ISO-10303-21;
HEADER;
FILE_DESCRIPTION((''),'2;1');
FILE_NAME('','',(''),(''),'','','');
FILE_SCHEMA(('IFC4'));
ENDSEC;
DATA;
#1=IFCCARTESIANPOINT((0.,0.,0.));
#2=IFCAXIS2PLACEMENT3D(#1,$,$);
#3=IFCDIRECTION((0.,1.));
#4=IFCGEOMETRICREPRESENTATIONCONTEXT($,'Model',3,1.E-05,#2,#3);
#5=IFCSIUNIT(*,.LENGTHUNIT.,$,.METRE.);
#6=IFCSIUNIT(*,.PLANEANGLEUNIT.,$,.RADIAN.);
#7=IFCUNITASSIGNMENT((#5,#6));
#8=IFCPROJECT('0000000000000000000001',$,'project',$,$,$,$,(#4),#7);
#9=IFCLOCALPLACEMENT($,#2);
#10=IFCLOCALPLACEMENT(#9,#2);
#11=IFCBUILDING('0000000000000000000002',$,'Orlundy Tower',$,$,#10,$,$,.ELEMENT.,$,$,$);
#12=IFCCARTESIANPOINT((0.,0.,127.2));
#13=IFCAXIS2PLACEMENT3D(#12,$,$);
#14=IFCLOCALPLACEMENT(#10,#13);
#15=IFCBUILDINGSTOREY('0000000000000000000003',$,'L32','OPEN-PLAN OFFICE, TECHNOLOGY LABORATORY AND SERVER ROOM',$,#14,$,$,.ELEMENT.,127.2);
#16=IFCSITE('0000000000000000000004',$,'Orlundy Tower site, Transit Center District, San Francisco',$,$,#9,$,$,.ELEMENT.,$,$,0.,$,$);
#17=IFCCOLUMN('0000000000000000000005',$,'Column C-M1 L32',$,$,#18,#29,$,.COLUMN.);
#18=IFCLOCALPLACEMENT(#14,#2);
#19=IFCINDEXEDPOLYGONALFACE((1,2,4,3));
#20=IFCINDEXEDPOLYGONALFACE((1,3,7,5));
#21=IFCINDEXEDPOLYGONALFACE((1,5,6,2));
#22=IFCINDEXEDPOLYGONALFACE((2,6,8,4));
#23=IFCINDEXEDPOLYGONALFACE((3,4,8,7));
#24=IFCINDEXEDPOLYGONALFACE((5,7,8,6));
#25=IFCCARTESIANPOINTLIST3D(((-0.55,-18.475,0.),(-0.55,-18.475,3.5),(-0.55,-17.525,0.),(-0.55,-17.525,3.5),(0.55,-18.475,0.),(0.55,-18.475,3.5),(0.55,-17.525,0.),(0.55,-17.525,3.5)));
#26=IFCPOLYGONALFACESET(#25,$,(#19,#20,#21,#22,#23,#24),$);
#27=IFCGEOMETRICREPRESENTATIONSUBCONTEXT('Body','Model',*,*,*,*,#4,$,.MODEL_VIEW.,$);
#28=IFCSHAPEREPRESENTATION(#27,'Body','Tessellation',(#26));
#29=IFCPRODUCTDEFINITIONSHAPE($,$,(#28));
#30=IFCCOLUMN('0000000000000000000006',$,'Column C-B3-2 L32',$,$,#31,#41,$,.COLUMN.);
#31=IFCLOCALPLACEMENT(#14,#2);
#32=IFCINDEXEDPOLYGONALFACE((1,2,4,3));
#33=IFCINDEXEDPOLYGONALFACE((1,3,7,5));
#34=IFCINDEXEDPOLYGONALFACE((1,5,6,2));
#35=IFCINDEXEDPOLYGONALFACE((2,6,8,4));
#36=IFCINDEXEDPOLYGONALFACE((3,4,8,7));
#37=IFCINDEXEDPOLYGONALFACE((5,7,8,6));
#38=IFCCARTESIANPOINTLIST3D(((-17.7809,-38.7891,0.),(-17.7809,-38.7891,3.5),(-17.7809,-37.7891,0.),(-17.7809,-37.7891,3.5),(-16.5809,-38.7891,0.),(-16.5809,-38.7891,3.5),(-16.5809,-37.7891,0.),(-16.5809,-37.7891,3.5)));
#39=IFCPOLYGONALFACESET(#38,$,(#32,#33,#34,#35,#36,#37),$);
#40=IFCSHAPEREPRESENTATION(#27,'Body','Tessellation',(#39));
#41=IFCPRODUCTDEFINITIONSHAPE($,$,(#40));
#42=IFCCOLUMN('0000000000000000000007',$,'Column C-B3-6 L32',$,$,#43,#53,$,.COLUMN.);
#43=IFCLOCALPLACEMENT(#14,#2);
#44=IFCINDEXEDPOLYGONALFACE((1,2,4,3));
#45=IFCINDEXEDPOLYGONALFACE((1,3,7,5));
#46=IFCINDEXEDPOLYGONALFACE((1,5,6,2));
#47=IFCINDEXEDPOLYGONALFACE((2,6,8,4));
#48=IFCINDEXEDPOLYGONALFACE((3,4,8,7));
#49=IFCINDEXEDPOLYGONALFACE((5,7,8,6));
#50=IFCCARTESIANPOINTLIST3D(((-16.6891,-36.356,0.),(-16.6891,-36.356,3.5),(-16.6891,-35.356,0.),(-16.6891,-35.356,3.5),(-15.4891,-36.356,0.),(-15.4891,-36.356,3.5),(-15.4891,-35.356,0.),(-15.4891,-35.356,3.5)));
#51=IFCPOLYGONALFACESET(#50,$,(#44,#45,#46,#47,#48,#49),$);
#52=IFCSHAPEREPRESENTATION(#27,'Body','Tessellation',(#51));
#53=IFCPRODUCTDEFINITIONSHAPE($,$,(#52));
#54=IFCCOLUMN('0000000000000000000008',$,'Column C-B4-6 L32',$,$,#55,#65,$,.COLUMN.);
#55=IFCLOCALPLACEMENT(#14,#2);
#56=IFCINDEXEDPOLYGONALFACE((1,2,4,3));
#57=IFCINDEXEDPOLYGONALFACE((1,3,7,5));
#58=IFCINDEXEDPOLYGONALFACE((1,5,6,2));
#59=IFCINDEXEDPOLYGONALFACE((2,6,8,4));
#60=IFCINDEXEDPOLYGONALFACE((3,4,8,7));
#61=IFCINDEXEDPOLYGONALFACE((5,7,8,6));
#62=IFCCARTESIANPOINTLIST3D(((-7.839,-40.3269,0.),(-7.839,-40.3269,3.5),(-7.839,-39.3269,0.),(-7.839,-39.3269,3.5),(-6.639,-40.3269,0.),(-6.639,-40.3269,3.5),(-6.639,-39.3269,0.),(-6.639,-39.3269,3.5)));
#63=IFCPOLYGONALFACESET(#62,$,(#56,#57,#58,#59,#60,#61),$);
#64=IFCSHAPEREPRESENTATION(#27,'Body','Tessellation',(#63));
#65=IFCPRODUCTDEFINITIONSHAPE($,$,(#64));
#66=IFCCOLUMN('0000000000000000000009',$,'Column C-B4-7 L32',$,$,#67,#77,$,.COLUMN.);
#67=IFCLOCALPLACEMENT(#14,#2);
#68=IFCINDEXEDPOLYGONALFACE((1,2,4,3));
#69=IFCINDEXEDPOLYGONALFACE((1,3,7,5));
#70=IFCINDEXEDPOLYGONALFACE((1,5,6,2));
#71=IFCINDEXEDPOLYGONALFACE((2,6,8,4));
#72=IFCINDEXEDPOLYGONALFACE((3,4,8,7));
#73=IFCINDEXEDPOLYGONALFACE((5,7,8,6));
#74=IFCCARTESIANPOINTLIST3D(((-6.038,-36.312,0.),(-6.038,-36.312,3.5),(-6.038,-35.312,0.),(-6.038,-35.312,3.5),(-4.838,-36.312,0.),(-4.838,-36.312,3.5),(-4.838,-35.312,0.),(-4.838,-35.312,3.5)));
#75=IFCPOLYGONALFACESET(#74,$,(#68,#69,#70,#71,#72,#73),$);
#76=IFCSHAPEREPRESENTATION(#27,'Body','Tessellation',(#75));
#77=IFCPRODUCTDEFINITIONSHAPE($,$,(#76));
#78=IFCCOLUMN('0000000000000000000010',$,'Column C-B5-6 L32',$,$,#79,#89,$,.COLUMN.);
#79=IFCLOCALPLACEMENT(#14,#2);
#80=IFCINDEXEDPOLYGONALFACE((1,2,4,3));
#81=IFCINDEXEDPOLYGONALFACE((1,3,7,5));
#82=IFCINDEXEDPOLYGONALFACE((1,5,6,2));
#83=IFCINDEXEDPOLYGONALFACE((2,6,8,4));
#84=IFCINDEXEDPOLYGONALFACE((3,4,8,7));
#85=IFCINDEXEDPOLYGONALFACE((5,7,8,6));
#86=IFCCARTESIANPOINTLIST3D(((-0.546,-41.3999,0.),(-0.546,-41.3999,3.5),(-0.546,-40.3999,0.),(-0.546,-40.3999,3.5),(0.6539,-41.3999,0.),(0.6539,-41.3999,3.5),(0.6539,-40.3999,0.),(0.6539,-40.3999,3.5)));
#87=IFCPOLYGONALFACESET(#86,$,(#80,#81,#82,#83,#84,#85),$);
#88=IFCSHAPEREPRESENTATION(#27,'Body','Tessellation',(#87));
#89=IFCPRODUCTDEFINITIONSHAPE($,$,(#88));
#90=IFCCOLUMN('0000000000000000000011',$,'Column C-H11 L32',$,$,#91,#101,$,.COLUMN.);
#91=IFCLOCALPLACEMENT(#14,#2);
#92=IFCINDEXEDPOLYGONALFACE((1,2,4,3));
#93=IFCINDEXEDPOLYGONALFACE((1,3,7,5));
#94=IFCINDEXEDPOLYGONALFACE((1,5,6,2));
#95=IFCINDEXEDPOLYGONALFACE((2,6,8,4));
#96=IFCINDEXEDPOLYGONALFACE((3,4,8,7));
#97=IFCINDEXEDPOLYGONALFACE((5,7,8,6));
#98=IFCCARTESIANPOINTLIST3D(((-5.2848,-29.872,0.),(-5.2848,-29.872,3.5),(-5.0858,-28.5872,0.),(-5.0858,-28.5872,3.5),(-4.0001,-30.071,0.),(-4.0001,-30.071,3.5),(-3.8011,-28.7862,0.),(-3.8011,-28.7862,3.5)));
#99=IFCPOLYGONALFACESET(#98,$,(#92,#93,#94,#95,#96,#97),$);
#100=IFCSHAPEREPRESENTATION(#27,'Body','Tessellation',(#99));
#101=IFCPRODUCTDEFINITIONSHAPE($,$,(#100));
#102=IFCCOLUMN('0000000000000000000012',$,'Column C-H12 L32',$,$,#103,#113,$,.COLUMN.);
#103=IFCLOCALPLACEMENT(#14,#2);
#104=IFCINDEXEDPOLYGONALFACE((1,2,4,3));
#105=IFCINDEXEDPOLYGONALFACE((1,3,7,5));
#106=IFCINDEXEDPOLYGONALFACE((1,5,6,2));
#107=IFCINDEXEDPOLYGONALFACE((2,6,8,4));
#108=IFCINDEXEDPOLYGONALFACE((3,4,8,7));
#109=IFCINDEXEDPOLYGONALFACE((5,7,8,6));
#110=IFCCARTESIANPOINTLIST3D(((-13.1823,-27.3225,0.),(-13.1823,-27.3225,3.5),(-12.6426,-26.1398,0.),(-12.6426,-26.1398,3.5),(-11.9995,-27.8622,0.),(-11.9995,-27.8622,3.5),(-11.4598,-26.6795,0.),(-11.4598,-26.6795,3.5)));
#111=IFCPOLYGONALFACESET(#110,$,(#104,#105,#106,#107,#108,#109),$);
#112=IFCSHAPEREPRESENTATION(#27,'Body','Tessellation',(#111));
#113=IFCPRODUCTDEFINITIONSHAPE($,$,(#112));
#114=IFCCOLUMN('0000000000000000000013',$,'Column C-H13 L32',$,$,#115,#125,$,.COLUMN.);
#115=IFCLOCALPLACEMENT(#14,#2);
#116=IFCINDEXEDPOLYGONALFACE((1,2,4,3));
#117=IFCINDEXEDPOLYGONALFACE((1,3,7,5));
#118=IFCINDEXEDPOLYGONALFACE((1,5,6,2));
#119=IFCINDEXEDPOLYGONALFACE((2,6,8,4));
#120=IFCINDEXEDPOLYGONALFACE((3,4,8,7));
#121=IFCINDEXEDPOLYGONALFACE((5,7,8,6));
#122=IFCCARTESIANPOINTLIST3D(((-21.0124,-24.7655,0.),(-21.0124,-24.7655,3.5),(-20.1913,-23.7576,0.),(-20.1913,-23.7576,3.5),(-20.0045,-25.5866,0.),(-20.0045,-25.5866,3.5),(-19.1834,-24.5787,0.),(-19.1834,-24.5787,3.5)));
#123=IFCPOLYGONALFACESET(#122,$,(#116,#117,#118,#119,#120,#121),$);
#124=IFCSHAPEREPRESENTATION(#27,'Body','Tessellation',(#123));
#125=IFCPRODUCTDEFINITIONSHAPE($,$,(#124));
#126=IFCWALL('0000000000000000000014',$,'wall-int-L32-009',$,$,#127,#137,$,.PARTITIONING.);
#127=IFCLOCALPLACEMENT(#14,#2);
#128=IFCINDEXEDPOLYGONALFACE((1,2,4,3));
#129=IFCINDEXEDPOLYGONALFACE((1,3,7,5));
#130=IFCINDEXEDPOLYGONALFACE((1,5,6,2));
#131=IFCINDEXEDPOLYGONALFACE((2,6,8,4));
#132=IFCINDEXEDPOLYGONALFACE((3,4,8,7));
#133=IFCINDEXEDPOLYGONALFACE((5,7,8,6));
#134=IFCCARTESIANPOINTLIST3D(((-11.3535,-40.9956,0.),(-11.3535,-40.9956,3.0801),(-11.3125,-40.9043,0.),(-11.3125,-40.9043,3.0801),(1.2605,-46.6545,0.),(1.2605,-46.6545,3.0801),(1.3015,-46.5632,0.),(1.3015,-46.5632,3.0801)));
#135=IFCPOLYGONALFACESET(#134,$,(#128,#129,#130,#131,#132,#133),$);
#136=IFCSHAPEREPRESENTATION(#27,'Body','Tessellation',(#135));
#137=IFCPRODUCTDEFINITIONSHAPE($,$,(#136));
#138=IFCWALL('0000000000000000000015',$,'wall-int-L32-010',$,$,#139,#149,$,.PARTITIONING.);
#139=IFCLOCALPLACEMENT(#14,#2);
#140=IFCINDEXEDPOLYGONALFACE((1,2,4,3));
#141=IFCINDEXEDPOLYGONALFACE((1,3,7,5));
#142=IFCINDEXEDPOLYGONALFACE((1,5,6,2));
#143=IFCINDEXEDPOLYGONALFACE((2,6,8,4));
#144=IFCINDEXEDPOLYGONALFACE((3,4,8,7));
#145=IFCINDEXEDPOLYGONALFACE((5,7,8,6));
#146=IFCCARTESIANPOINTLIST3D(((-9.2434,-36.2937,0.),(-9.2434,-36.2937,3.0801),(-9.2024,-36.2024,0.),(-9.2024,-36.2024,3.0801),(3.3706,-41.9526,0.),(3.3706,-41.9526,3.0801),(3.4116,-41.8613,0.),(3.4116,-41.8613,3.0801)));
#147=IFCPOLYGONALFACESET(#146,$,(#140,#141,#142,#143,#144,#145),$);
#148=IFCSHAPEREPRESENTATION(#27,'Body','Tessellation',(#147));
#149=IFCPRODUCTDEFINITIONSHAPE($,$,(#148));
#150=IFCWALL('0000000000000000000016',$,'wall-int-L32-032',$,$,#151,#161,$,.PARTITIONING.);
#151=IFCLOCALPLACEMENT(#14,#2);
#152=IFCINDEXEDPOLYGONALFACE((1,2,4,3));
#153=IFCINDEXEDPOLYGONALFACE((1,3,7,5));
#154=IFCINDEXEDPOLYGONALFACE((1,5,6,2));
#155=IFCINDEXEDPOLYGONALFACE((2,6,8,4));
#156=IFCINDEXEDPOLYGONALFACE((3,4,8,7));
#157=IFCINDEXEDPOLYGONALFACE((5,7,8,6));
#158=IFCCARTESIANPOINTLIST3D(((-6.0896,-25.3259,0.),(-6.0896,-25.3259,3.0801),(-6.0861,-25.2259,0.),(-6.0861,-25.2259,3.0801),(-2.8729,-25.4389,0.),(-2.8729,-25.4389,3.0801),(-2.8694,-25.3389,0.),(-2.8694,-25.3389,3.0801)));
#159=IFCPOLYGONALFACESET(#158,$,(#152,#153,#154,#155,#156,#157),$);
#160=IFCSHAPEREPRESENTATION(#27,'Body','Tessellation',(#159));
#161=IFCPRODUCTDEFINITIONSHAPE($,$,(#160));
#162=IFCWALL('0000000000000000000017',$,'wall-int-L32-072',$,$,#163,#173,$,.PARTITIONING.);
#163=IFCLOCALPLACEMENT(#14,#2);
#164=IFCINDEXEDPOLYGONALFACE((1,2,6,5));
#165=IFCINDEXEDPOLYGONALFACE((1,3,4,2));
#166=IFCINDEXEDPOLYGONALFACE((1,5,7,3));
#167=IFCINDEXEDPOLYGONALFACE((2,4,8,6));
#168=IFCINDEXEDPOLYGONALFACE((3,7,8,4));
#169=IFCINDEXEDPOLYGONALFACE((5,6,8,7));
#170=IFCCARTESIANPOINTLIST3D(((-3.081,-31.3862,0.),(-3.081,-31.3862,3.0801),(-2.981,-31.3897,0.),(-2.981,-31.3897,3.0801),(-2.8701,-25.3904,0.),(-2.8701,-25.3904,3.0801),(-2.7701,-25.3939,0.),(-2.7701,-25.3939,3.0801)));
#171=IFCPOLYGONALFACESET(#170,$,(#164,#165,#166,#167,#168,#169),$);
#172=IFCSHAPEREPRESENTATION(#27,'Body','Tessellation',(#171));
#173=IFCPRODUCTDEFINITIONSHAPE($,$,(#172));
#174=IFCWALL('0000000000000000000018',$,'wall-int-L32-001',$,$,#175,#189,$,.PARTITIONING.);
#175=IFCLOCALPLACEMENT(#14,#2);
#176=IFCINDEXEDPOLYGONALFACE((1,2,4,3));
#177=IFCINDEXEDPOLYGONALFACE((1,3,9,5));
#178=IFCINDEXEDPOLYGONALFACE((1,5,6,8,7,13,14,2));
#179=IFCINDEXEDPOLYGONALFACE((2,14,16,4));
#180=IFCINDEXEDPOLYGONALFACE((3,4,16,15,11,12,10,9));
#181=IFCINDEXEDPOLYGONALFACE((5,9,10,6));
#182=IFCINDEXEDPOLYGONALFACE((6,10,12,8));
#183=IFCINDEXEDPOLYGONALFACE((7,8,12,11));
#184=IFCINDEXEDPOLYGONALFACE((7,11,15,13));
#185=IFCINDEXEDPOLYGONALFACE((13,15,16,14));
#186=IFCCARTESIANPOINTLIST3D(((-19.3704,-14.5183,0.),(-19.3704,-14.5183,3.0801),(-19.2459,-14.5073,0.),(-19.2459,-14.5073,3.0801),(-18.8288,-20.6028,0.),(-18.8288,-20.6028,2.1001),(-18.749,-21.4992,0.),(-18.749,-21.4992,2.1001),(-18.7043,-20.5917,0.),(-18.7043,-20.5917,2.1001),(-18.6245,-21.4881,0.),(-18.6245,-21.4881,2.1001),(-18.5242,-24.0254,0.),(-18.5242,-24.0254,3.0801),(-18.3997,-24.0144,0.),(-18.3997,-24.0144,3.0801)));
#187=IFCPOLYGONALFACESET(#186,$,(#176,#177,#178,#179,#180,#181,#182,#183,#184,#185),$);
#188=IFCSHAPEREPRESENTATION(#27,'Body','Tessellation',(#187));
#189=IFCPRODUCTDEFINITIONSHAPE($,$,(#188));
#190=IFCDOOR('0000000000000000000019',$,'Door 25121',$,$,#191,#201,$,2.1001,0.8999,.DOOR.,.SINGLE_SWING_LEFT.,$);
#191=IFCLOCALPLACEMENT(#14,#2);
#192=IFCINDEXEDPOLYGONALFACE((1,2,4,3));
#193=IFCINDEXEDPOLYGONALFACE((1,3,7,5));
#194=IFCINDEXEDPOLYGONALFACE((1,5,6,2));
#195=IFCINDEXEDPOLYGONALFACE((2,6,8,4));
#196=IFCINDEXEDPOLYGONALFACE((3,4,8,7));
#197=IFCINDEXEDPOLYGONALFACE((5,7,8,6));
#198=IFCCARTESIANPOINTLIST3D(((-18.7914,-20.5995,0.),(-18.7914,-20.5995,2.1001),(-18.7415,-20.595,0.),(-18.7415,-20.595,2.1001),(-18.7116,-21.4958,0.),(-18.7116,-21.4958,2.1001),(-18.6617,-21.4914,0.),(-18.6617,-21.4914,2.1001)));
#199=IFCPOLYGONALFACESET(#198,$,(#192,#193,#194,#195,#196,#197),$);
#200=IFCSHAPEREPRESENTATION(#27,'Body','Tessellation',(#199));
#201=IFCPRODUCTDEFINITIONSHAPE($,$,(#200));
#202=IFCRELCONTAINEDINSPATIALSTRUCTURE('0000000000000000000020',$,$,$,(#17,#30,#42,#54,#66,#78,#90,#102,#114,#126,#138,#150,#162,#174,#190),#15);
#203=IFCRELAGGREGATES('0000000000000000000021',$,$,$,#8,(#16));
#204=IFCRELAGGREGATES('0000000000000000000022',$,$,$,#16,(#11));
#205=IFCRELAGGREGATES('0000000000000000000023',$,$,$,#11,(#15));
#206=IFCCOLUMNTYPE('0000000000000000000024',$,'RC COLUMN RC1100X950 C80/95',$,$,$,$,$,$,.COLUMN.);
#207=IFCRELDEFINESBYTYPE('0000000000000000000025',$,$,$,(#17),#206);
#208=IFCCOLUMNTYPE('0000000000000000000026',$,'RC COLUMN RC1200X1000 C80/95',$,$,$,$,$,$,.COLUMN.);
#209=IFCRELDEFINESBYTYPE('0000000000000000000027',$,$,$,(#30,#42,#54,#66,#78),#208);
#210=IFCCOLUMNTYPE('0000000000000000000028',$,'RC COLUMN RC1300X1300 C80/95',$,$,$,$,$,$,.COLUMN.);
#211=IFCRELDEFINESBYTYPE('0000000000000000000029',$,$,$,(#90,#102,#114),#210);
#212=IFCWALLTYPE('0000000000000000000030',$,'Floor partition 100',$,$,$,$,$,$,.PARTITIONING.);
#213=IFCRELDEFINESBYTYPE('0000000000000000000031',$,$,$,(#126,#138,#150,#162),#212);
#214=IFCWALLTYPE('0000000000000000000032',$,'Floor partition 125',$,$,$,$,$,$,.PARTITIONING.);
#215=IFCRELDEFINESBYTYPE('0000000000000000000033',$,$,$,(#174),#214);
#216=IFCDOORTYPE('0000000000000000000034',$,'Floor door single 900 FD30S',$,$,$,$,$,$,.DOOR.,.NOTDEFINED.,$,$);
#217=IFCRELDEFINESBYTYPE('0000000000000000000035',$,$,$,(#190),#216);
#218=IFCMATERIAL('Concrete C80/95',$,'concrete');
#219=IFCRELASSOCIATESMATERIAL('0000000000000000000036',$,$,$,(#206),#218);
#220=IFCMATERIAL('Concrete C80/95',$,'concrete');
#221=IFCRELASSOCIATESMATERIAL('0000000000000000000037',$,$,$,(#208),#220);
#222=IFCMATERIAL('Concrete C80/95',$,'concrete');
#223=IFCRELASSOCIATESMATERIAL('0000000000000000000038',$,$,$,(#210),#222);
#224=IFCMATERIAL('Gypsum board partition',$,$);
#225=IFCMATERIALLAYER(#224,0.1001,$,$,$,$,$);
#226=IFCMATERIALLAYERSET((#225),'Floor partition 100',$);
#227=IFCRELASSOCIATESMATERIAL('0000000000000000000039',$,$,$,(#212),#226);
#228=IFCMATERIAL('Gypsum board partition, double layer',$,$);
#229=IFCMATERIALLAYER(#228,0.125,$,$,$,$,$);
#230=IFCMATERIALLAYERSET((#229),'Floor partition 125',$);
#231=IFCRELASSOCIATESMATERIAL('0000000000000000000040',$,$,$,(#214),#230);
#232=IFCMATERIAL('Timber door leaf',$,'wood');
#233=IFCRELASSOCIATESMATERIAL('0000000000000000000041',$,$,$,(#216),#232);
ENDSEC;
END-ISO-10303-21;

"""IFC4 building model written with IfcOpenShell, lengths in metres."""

from ifc_helpers import new_model, si_unit, direction, frame, frame_2d, origin, origin_2d, place, context, subcontext, project, spatial, rectangle, extrude, material, layer, layer_set, material_profile, profile_set, type_object, element, fill, save


model = new_model("IFC4")

# Units and contexts
model_context = context("Model", 3, precision=1e-05, world=origin(), true_north=direction((0.0, 1.0)))
body_context = subcontext(model_context, "Body", "Model", "MODEL_VIEW")
ifc_project = project(units=[si_unit("LENGTHUNIT", "METRE"), si_unit("PLANEANGLEUNIT", "RADIAN")], contexts=[model_context])

# Site, building, storey
site_placement = place(None, origin())
site = spatial("IfcSite", under=ifc_project, at=site_placement, Name="Orlundy Tower site, Transit Center District, San Francisco", CompositionType="ELEMENT", RefElevation=0.0)
building_placement = place(site_placement, origin())
building = spatial("IfcBuilding", under=site, at=building_placement, Name="Orlundy Tower", CompositionType="ELEMENT")
storey_placement = place(building_placement, frame((0.0, 0.0, 127.2)))
storey = spatial("IfcBuildingStorey", under=building, at=storey_placement, Name="L32", Description="OPEN-PLAN OFFICE, TECHNOLOGY LABORATORY AND SERVER ROOM", CompositionType="ELEMENT", Elevation=127.2)

# Columns
ifc_material_1 = material(Name="Concrete C80/95", Category="concrete")
ifc_material_profile_1 = material_profile(ifc_material_1, rectangle(XDim=1.1001, YDim=0.95, at=origin_2d()), Name="RC1100X950")
ifc_profile_set_1 = profile_set([ifc_material_profile_1], Name="Concrete C80/95")
column_type_1 = type_object("IfcColumnType", Name="RC COLUMN RC1100X950 C80/95", PredefinedType="COLUMN", material=ifc_profile_set_1)
column_placement = place(storey_placement, frame((0.0, -18.0, 0.0), z_axis=(0.0, 0.0, 1.0), x_axis=(1.0, 0.0, 0.0)))
element("IfcColumn", 1, at=column_placement, inside=storey, type_object=column_type_1, Name="Column C-M1 L32", PredefinedType="COLUMN", context=body_context, shape_type="SweptSolid", body=[
    extrude(rectangle(XDim=1.1001, YDim=0.95, at=origin_2d()), origin(), (0.0, 0.0, 1.0), 3.5),
])
ifc_material_2 = material(Name="Concrete C80/95", Category="concrete")
ifc_material_profile_2 = material_profile(ifc_material_2, rectangle(XDim=1.2, YDim=1.0, at=origin_2d()), Name="RC1200X1000")
ifc_profile_set_2 = profile_set([ifc_material_profile_2], Name="Concrete C80/95")
column_type_2 = type_object("IfcColumnType", Name="RC COLUMN RC1200X1000 C80/95", PredefinedType="COLUMN", material=ifc_profile_set_2)
for number, where, z_axis, x_axis, name in (
    (2, (-17.1809, -38.2891, 0.0), (0.0, 0.0, 1.0), (1.0, 0.0, 0.0), "Column C-B3-2 L32"),
    (3, (-16.0891, -35.856, 0.0), (0.0, 0.0, 1.0), (1.0, 0.0, 0.0), "Column C-B3-6 L32"),
    (4, (-7.239, -39.8269, 0.0), (0.0, 0.0, 1.0), (1.0, 0.0, 0.0), "Column C-B4-6 L32"),
    (5, (-5.438, -35.812, 0.0), (0.0, 0.0, 1.0), (1.0, 0.0, 0.0), "Column C-B4-7 L32"),
    (6, (0.054, -40.8999, 0.0), (0.0, 0.0, 1.0), (1.0, 0.0, 0.0), "Column C-B5-6 L32"),
):
    element("IfcColumn", number, at=place(storey_placement, frame(where, z_axis=z_axis, x_axis=x_axis)), inside=storey, type_object=column_type_2, Name=name, PredefinedType="COLUMN", context=body_context, shape_type="SweptSolid", body=[
        extrude(rectangle(XDim=1.2, YDim=1.0, at=origin_2d()), origin(), (0.0, 0.0, 1.0), 3.5),
    ])
ifc_material_3 = material(Name="Concrete C80/95", Category="concrete")
ifc_material_profile_3 = material_profile(ifc_material_3, rectangle(XDim=1.3, YDim=1.3, at=origin_2d()), Name="RC1300X1300")
ifc_profile_set_3 = profile_set([ifc_material_profile_3], Name="Concrete C80/95")
column_type_3 = type_object("IfcColumnType", Name="RC COLUMN RC1300X1300 C80/95", PredefinedType="COLUMN", material=ifc_profile_set_3)
for number, where, z_axis, x_axis, name in (
    (7, (-4.543, -29.3291, 0.0), (0.0, 0.0, 1.0), (-0.153072, -0.988215, 0.0), "Column C-H11 L32"),
    (8, (-12.321, -27.001, 0.0), (0.0, 0.0, 1.0), (-0.415138, -0.909759, 0.0), "Column C-H12 L32"),
    (9, (-20.0979, -24.6721, 0.0), (0.0, 0.0, 1.0), (-0.631583, -0.775308, 0.0), "Column C-H13 L32"),
):
    element("IfcColumn", number, at=place(storey_placement, frame(where, z_axis=z_axis, x_axis=x_axis)), inside=storey, type_object=column_type_3, Name=name, PredefinedType="COLUMN", context=body_context, shape_type="SweptSolid", body=[
        extrude(rectangle(XDim=1.3, YDim=1.3, at=origin_2d()), origin(), (0.0, 0.0, 1.0), 3.5),
    ])

# Walls
ifc_material_4 = material(Name="Gypsum board partition")
ifc_layer_1 = layer(ifc_material_4, 0.1001)
ifc_layer_set_1 = layer_set([ifc_layer_1], Name="Floor partition 100")
wall_type_1 = type_object("IfcWallType", Name="Floor partition 100", PredefinedType="PARTITIONING", material=ifc_layer_set_1)
for number, where, z_axis, x_axis, name in (
    (10, (-11.333, -40.95, 0.0), (0.0, 0.0, 1.0), (0.912391, -0.40932, 0.0), "wall-int-L32-009"),
    (11, (-9.2229, -36.248, 0.0), (0.0, 0.0, 1.0), (0.912391, -0.40932, 0.0), "wall-int-L32-010"),
):
    element("IfcWall", number, at=place(storey_placement, frame(where, z_axis=z_axis, x_axis=x_axis)), inside=storey, type_object=wall_type_1, Name=name, PredefinedType="PARTITIONING", context=body_context, shape_type="SweptSolid", body=[
        extrude(rectangle(XDim=13.8252, YDim=0.1001, at=frame_2d((6.9126, 0.0))), origin(), (0.0, 0.0, 1.0), 3.0801),
    ])
wall_1_placement = place(storey_placement, frame((-6.0879, -25.2759, 0.0), z_axis=(0.0, 0.0, 1.0), x_axis=(0.999383, -0.035118, 0.0)))
element("IfcWall", 12, at=wall_1_placement, inside=storey, type_object=wall_type_1, Name="wall-int-L32-032", PredefinedType="PARTITIONING", context=body_context, shape_type="SweptSolid", body=[
    extrude(rectangle(XDim=3.2188, YDim=0.1001, at=frame_2d((1.6094, 0.0))), origin(), (0.0, 0.0, 1.0), 3.0801),
])
wall_2_placement = place(storey_placement, frame((-3.031, -31.3879, 0.0), z_axis=(0.0, 0.0, 1.0), x_axis=(0.035159, 0.999382, 0.0)))
element("IfcWall", 13, at=wall_2_placement, inside=storey, type_object=wall_type_1, Name="wall-int-L32-072", PredefinedType="PARTITIONING", context=body_context, shape_type="SweptSolid", body=[
    extrude(rectangle(XDim=5.9995, YDim=0.1001, at=frame_2d((2.9998, 0.0))), origin(), (0.0, 0.0, 1.0), 3.0801),
])

# Wall, opening, door
ifc_material_5 = material(Name="Gypsum board partition, double layer")
ifc_layer_2 = layer(ifc_material_5, 0.125)
ifc_layer_set_2 = layer_set([ifc_layer_2], Name="Floor partition 125")
wall_type_2 = type_object("IfcWallType", Name="Floor partition 125", PredefinedType="PARTITIONING", material=ifc_layer_set_2)
wall_3_placement = place(storey_placement, frame((-18.4619, -24.02, 0.0), z_axis=(0.0, 0.0, 1.0), x_axis=(-0.088656, 0.996062, 0.0)))
wall_3 = element("IfcWall", 14, at=wall_3_placement, inside=storey, type_object=wall_type_2, Name="wall-int-L32-001", PredefinedType="PARTITIONING", context=body_context, shape_type="SweptSolid", body=[
    extrude(rectangle(XDim=9.5447, YDim=0.125, at=frame_2d((4.7725, 0.0))), origin(), (0.0, 0.0, 1.0), 3.0801),
])
opening_1_placement = place(wall_3_placement, frame((2.5364, 0.0, 0.0)))
opening_1 = element("IfcOpeningElement", 15, at=opening_1_placement, cuts=wall_3, PredefinedType="OPENING", context=body_context, shape_type="SweptSolid", body=[
    extrude(rectangle(XDim=0.8999, YDim=2.1001, at=frame_2d((0.45, 1.05))), frame((0.0, 0.0725, 0.0), z_axis=(0.0, -1.0, 0.0), x_axis=(1.0, 0.0, 0.0)), (0.0, 0.0, 1.0), 0.145),
])
ifc_material_6 = material(Name="Timber door leaf", Category="wood")
door_type_1 = type_object("IfcDoorType", Name="Floor door single 900 FD30S", OperationType="NOTDEFINED", PredefinedType="DOOR", material=ifc_material_6)
door_1_placement = place(opening_1_placement, origin())
door_1 = element("IfcDoor", 16, at=door_1_placement, inside=storey, type_object=door_type_1, Name="Door 25121", OperationType="SINGLE_SWING_LEFT", OverallHeight=2.1001, OverallWidth=0.8999, PredefinedType="DOOR", context=body_context, shape_type="SweptSolid", body=[
    extrude(rectangle(XDim=0.8999, YDim=2.1001, at=frame_2d((0.45, 1.05))), frame((0.0, 0.0249, 0.0), z_axis=(0.0, -1.0, 0.0), x_axis=(1.0, 0.0, 0.0)), (0.0, 0.0, 1.0), 0.05),
])
fill(opening_1, door_1)

save(model, "model.ifc")
